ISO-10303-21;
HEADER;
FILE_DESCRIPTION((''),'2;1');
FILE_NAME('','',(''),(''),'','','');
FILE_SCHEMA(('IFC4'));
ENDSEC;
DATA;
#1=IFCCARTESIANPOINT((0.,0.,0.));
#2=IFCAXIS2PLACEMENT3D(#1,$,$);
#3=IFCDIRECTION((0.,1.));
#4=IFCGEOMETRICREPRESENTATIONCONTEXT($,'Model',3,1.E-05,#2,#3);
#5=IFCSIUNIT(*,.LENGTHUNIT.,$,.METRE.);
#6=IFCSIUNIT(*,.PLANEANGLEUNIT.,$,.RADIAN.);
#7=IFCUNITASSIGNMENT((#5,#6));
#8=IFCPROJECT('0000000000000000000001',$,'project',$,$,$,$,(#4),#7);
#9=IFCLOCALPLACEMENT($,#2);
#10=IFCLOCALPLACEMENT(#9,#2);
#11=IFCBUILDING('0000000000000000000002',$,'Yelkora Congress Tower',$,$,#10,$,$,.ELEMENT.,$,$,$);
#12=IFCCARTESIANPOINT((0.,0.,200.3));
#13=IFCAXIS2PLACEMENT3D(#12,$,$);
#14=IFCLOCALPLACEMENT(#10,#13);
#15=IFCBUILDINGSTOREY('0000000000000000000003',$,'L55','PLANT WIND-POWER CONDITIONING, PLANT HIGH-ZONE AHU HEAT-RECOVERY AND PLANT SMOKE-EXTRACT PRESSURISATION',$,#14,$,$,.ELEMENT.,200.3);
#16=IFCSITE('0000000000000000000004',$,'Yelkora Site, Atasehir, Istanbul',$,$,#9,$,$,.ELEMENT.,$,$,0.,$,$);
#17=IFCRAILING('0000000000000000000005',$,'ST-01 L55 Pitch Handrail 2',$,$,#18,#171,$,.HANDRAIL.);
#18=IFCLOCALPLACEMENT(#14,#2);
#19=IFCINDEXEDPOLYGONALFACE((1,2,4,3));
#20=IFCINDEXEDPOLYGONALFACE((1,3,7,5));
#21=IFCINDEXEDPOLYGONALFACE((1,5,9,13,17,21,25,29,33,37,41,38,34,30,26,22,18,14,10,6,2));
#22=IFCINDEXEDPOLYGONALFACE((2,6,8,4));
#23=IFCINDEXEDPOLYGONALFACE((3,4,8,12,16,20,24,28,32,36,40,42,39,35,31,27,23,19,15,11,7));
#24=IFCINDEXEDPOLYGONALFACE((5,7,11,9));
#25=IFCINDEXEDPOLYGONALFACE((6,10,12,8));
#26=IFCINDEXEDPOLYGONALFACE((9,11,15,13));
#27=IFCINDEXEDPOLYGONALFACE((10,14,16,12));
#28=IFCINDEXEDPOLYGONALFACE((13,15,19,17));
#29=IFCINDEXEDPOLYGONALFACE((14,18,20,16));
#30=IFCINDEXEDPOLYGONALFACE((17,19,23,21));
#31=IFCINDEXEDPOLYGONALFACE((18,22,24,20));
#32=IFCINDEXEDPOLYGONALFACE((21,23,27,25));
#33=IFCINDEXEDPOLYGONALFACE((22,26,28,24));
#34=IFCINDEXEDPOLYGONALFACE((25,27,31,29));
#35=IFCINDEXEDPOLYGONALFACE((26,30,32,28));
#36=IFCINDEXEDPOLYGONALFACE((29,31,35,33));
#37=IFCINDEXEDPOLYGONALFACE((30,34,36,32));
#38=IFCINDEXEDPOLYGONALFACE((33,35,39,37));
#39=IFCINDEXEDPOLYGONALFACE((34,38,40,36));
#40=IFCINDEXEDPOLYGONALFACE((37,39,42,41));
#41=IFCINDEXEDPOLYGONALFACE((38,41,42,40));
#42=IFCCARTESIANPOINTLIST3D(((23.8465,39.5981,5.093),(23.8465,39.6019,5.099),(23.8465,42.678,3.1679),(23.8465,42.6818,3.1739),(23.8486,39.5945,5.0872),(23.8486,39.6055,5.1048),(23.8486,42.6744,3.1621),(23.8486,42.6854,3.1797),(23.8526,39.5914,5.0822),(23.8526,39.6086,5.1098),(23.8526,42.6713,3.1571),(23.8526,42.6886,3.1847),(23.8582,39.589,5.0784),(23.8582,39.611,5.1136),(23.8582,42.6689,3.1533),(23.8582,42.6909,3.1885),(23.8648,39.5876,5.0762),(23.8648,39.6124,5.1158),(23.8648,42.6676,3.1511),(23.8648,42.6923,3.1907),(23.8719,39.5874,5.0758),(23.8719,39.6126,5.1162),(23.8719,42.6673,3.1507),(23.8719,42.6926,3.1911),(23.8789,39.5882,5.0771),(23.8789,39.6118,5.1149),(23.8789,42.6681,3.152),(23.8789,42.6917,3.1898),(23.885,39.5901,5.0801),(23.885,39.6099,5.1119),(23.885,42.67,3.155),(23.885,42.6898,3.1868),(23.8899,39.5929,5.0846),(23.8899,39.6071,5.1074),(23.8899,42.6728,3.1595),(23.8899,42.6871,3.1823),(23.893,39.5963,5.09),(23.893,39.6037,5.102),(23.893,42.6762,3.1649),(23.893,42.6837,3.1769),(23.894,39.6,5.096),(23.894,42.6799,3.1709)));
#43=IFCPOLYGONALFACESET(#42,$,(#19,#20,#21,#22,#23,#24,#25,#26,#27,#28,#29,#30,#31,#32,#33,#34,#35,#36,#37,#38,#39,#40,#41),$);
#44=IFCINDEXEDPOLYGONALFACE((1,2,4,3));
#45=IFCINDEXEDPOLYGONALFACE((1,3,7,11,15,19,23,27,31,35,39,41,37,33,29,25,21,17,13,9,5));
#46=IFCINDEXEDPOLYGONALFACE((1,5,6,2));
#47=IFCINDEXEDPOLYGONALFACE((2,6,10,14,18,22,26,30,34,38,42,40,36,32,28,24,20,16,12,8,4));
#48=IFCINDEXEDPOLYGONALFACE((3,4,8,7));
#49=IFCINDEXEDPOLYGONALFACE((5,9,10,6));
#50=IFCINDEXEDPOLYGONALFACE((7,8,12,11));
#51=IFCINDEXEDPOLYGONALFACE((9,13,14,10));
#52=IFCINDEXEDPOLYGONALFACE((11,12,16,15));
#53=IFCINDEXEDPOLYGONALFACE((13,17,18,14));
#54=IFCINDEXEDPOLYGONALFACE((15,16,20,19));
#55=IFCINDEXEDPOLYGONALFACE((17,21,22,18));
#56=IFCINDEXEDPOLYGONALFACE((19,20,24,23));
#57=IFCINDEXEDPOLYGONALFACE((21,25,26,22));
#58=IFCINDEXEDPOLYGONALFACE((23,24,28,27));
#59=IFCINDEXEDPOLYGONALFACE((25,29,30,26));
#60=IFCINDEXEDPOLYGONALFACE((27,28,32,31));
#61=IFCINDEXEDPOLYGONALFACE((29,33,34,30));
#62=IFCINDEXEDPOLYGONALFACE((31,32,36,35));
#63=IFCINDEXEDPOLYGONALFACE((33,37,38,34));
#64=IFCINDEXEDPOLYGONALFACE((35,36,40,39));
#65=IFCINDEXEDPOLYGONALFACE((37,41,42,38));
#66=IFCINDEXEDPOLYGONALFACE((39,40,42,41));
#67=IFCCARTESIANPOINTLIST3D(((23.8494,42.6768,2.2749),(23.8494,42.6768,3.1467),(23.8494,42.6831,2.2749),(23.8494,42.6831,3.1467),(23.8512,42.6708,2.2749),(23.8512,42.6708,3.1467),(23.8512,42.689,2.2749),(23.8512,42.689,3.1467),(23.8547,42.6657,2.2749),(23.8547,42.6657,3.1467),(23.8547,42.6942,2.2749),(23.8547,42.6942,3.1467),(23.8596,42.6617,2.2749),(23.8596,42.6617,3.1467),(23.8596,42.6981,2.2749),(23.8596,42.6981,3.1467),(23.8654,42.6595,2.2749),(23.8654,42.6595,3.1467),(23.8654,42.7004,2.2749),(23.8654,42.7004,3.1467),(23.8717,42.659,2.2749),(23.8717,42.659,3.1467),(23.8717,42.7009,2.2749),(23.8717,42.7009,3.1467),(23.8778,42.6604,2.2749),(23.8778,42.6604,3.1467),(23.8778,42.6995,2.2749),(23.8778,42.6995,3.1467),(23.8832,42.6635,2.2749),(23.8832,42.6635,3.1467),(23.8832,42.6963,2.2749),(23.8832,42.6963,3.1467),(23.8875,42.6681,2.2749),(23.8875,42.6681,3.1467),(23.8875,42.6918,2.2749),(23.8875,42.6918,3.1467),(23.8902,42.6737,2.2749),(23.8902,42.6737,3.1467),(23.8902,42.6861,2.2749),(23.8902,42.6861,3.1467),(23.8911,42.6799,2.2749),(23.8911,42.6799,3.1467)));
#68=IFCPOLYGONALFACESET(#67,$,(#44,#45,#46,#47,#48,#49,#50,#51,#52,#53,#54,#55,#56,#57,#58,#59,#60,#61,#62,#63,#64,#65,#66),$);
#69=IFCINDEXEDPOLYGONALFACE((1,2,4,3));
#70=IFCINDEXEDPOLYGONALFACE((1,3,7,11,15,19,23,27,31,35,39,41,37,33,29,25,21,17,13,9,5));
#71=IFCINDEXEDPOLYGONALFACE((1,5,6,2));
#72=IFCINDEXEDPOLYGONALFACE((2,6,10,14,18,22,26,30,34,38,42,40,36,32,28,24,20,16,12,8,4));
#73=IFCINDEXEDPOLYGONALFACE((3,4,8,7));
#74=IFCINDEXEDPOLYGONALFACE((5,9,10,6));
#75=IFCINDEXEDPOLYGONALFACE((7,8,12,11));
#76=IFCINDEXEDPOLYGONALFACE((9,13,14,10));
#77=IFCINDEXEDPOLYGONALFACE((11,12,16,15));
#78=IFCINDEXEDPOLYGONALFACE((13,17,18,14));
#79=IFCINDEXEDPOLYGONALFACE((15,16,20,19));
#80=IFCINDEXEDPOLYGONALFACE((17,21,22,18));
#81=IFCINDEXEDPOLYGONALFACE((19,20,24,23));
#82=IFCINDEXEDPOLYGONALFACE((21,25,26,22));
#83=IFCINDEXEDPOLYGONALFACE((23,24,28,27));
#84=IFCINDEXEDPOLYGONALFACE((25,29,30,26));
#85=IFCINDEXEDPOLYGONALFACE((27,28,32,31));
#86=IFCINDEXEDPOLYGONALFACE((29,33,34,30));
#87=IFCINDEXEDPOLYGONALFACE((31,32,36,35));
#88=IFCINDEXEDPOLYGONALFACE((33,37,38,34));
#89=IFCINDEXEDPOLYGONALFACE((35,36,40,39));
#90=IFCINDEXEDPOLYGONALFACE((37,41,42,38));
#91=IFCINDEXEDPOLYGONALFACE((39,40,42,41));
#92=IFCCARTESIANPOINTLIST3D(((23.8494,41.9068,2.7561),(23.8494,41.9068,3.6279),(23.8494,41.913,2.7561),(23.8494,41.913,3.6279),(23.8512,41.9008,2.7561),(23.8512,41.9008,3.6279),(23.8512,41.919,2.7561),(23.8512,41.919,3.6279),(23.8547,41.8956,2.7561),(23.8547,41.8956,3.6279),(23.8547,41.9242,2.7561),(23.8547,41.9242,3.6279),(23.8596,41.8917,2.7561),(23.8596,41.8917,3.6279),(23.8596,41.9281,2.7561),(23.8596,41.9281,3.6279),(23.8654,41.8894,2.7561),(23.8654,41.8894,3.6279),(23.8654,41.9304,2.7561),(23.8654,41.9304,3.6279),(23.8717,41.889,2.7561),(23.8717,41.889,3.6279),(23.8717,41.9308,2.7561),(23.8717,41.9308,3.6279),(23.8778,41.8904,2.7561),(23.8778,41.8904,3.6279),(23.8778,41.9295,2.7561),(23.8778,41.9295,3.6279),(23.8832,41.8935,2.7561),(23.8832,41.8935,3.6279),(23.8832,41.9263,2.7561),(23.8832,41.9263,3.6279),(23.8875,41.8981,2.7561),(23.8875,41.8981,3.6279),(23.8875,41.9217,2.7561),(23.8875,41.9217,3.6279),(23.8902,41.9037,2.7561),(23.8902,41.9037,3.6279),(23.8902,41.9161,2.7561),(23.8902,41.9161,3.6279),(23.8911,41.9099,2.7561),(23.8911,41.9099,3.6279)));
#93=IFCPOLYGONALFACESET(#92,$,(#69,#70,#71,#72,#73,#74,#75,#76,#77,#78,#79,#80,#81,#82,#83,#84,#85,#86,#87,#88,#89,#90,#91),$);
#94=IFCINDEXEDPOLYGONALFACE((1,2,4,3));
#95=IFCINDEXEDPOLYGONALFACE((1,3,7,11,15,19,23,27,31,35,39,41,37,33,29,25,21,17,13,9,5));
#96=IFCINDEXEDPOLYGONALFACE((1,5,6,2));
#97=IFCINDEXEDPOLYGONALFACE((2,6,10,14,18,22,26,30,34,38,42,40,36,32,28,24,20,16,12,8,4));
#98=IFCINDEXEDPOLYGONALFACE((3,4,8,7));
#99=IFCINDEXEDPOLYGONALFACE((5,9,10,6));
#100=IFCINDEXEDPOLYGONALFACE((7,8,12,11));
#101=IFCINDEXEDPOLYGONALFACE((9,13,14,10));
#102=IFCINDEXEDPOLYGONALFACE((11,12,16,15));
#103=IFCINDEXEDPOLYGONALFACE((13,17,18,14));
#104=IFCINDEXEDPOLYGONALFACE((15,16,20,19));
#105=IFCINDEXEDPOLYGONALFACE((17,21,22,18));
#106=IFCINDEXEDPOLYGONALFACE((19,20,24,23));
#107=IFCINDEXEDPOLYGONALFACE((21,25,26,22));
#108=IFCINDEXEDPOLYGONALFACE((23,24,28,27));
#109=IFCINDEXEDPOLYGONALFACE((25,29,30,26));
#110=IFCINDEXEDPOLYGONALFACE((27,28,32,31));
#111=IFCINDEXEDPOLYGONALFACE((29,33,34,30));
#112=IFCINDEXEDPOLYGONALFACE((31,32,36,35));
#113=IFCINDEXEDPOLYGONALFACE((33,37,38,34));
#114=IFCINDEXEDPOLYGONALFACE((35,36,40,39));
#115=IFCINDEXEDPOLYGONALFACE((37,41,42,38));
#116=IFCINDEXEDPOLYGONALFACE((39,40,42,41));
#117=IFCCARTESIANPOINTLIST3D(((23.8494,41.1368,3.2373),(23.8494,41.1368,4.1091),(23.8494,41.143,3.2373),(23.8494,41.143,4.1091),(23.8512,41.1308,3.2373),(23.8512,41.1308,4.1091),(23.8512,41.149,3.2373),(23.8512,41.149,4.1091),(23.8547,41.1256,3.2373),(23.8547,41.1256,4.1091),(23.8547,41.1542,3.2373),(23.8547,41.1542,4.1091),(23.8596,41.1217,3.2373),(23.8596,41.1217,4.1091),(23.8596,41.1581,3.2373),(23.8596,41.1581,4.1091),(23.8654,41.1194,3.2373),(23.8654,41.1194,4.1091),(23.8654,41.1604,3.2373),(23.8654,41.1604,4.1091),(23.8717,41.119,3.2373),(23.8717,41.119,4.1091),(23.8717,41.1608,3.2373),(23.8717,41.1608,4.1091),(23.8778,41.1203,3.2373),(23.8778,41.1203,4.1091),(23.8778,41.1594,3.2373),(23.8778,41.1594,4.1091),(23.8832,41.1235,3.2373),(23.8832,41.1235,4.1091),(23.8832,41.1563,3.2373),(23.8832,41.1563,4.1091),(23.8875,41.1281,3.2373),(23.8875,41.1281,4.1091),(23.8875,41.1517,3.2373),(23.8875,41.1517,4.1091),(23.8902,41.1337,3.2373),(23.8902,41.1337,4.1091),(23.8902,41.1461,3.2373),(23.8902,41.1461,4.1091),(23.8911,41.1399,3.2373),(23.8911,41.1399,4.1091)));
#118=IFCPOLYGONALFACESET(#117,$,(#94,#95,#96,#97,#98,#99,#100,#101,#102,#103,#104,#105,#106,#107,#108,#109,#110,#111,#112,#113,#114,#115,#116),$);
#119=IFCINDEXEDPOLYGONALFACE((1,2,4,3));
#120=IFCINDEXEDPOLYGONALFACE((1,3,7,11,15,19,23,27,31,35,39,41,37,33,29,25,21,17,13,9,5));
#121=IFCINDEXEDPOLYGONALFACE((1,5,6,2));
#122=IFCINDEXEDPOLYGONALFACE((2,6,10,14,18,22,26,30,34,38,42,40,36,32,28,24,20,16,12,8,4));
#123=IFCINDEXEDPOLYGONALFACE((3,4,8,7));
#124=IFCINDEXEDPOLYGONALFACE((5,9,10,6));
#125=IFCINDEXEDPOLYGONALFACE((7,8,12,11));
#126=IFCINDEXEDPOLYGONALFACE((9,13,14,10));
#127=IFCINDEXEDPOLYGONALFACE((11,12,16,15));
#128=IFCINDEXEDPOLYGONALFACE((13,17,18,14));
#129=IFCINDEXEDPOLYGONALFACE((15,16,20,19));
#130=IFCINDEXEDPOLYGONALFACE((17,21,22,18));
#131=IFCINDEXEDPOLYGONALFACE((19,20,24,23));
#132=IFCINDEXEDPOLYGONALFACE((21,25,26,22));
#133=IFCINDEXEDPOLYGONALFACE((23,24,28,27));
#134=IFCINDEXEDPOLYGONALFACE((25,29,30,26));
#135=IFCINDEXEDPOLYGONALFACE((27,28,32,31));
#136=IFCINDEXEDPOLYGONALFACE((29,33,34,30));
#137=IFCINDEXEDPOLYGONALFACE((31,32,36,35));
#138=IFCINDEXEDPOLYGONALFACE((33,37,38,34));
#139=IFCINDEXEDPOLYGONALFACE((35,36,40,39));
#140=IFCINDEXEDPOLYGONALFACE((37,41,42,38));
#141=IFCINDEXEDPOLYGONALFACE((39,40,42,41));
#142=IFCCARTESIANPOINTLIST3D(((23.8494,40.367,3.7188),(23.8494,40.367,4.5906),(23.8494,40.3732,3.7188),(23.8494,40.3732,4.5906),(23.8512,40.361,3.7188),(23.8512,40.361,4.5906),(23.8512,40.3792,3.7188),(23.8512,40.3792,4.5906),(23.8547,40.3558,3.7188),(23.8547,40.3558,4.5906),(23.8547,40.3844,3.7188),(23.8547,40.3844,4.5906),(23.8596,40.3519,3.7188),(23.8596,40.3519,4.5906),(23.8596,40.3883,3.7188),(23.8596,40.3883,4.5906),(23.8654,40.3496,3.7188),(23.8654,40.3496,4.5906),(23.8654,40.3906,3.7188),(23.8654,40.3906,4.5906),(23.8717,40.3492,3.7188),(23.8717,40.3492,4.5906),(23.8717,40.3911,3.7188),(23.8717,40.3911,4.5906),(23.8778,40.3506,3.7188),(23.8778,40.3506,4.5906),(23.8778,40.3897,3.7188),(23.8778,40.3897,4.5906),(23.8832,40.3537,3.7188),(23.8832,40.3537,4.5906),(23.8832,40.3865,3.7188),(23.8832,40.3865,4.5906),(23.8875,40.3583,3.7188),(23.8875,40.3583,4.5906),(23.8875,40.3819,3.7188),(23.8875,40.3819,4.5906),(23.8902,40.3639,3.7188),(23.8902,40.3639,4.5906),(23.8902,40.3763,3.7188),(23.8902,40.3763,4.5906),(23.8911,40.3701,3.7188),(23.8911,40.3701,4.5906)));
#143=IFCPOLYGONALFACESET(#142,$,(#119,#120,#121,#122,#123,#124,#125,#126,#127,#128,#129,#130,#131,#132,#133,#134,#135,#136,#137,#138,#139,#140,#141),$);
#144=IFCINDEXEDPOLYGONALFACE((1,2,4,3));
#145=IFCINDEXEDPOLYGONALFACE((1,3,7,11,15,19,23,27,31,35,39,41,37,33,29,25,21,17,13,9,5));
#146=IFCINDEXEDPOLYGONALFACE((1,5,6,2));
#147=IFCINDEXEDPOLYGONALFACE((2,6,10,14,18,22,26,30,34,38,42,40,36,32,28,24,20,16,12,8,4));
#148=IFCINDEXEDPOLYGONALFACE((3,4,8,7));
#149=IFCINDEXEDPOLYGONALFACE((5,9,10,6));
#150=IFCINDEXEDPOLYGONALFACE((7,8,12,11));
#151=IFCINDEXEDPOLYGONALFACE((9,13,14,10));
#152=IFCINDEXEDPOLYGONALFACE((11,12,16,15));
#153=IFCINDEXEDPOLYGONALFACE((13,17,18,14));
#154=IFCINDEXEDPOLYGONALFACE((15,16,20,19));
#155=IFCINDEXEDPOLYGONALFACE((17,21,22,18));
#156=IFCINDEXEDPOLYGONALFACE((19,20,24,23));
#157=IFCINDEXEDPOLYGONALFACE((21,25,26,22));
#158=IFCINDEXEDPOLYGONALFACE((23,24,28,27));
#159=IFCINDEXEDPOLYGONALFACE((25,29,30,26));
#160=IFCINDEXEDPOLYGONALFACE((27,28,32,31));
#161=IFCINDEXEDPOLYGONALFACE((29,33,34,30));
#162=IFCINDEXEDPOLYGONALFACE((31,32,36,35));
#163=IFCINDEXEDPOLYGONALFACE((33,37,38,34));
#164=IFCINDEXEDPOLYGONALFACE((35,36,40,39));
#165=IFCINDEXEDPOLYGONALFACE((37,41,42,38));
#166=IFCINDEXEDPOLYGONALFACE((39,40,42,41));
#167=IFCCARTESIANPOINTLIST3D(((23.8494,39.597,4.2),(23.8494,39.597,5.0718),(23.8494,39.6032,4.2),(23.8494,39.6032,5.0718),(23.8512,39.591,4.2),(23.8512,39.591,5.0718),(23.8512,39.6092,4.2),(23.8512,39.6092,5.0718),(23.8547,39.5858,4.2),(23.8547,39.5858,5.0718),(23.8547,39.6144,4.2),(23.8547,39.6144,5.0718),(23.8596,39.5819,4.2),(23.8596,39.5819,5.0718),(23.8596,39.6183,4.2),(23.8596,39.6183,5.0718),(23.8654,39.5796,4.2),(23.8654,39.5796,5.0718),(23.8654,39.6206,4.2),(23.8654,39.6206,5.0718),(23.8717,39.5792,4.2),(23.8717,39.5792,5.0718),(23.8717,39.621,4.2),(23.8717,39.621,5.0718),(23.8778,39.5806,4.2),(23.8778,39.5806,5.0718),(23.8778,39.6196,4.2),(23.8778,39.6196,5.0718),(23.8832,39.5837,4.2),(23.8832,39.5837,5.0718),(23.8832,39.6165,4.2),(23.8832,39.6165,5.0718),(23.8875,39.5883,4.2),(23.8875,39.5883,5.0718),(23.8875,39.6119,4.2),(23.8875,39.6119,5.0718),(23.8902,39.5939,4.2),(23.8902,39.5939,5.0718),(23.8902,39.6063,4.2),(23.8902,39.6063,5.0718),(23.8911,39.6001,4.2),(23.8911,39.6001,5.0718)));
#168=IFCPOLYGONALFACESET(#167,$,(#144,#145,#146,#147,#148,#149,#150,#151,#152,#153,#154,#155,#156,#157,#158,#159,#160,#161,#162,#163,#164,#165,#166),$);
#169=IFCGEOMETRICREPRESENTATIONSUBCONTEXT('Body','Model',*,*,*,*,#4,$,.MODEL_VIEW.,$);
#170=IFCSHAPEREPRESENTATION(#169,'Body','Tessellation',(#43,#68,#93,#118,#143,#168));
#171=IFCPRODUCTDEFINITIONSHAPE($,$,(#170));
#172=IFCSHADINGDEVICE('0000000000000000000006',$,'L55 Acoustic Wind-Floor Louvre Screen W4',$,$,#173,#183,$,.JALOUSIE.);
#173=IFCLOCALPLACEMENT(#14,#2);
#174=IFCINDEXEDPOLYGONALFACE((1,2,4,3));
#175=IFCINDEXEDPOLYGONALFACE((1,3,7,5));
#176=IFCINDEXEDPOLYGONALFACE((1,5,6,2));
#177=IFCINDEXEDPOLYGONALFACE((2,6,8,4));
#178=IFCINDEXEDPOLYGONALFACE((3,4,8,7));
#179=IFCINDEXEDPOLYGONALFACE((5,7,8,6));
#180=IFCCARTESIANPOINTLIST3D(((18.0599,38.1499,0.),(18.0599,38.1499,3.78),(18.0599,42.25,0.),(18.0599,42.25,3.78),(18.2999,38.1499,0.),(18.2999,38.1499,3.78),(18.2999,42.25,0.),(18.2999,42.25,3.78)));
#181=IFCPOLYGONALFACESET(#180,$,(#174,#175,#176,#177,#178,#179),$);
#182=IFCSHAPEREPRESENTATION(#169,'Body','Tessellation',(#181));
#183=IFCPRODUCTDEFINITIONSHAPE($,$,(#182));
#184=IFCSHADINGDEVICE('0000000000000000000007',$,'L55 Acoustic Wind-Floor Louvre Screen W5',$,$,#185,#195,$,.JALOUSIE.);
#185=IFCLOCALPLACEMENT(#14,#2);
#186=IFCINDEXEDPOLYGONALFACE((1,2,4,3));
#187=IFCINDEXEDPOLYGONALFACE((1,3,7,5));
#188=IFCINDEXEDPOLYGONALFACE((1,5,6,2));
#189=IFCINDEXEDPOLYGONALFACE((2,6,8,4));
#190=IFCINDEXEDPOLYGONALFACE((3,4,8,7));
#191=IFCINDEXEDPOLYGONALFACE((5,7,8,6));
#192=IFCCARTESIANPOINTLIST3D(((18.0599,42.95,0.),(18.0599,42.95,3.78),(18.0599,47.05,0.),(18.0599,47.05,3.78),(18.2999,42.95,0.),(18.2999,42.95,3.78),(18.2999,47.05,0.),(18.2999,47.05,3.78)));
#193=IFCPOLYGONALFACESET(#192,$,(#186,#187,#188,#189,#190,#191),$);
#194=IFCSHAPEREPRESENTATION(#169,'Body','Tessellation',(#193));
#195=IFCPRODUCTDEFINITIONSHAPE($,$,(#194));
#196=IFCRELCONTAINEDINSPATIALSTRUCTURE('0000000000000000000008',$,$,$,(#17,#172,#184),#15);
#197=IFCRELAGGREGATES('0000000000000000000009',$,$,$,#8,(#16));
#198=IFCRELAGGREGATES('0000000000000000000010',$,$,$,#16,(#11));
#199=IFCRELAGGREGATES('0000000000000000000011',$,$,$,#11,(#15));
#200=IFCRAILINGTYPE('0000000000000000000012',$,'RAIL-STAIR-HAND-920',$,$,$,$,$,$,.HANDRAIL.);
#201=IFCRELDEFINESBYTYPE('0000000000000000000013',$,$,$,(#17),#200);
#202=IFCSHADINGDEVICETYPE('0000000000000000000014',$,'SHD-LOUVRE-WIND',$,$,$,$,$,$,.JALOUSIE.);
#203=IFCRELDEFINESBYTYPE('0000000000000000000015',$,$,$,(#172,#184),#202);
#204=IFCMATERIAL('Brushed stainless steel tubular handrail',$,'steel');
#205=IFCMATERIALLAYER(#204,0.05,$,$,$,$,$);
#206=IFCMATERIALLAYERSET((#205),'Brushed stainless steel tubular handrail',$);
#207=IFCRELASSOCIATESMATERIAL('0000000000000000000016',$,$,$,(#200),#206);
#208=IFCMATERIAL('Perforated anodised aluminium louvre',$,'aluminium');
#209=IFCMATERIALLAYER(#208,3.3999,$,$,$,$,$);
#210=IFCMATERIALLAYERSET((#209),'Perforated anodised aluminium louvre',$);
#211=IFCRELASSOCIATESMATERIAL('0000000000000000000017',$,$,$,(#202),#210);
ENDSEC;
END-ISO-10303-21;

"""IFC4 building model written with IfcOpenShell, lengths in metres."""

from ifc_helpers import new_model, si_unit, direction, frame, origin, origin_2d, place, context, subcontext, project, spatial, rectangle, circle, extrude, material, layer, layer_set, type_object, element, save


model = new_model("IFC4")

# Units and contexts
model_context = context("Model", 3, precision=1e-05, world=origin(), true_north=direction((0.0, 1.0)))
body_context = subcontext(model_context, "Body", "Model", "MODEL_VIEW")
ifc_project = project(units=[si_unit("LENGTHUNIT", "METRE"), si_unit("PLANEANGLEUNIT", "RADIAN")], contexts=[model_context])

# Site, building, storey
site_placement = place(None, origin())
site = spatial("IfcSite", under=ifc_project, at=site_placement, Name="Yelkora Site, Atasehir, Istanbul", CompositionType="ELEMENT", RefElevation=0.0)
building_placement = place(site_placement, origin())
building = spatial("IfcBuilding", under=site, at=building_placement, Name="Yelkora Congress Tower", CompositionType="ELEMENT")
storey_placement = place(building_placement, frame((0.0, 0.0, 200.3)))
storey = spatial("IfcBuildingStorey", under=building, at=storey_placement, Name="L55", Description="PLANT WIND-POWER CONDITIONING, PLANT HIGH-ZONE AHU HEAT-RECOVERY AND PLANT SMOKE-EXTRACT PRESSURISATION", CompositionType="ELEMENT", Elevation=200.3)

# Railing
ifc_material_1 = material(Name="Brushed stainless steel tubular handrail", Category="steel")
ifc_layer_1 = layer(ifc_material_1, 0.05)
ifc_layer_set_1 = layer_set([ifc_layer_1], Name="Brushed stainless steel tubular handrail")
railing_type_1 = type_object("IfcRailingType", Name="RAIL-STAIR-HAND-920", PredefinedType="HANDRAIL", material=ifc_layer_set_1)
railing_1_placement = place(storey_placement, frame((23.8701, 42.6799, 2.2749)))
element("IfcRailing", 1, at=railing_1_placement, inside=storey, type_object=railing_type_1, Name="ST-01 L55 Pitch Handrail 2", PredefinedType="HANDRAIL", context=body_context, shape_type="SweptSolid", body=[
    extrude(circle(Radius=0.0239, at=origin_2d()), frame((0.0, 0.0, 0.896), z_axis=(0.0, -0.847979, 0.530029), x_axis=(1.0, 0.0, 0.0)), (0.0, 0.0, 1.0), 3.6321),
    extrude(circle(Radius=0.021, at=origin_2d()), origin(), (0.0, 0.0, 1.0), 0.8718),
    extrude(circle(Radius=0.021, at=origin_2d()), frame((0.0, -0.77, 0.4812)), (0.0, 0.0, 1.0), 0.8718),
    extrude(circle(Radius=0.021, at=origin_2d()), frame((0.0, -1.54, 0.9624)), (0.0, 0.0, 1.0), 0.8718),
    extrude(circle(Radius=0.021, at=origin_2d()), frame((0.0, -2.3098, 1.4438)), (0.0, 0.0, 1.0), 0.8718),
    extrude(circle(Radius=0.021, at=origin_2d()), frame((0.0, -3.0798, 1.925)), (0.0, 0.0, 1.0), 0.8718),
])

# Shading devices
ifc_material_2 = material(Name="Perforated anodised aluminium louvre", Category="aluminium")
ifc_layer_2 = layer(ifc_material_2, 3.3999)
ifc_layer_set_2 = layer_set([ifc_layer_2], Name="Perforated anodised aluminium louvre")
shading_device_type = type_object("IfcShadingDeviceType", Name="SHD-LOUVRE-WIND", PredefinedType="JALOUSIE", material=ifc_layer_set_2)
for number, where, z_axis, x_axis, name in (
    (2, (18.1799, 40.2, 0.0), (0.0, 0.0, 1.0), (1.0, 0.0, 0.0), "L55 Acoustic Wind-Floor Louvre Screen W4"),
    (3, (18.1799, 45.0, 0.0), (0.0, 0.0, 1.0), (1.0, 0.0, 0.0), "L55 Acoustic Wind-Floor Louvre Screen W5"),
):
    element("IfcShadingDevice", number, at=place(storey_placement, frame(where, z_axis=z_axis, x_axis=x_axis)), inside=storey, type_object=shading_device_type, Name=name, PredefinedType="JALOUSIE", context=body_context, shape_type="SweptSolid", body=[
        extrude(rectangle(XDim=0.24, YDim=4.1001, at=origin_2d()), origin(), (0.0, 0.0, 1.0), 3.78),
    ])

save(model, "model.ifc")
